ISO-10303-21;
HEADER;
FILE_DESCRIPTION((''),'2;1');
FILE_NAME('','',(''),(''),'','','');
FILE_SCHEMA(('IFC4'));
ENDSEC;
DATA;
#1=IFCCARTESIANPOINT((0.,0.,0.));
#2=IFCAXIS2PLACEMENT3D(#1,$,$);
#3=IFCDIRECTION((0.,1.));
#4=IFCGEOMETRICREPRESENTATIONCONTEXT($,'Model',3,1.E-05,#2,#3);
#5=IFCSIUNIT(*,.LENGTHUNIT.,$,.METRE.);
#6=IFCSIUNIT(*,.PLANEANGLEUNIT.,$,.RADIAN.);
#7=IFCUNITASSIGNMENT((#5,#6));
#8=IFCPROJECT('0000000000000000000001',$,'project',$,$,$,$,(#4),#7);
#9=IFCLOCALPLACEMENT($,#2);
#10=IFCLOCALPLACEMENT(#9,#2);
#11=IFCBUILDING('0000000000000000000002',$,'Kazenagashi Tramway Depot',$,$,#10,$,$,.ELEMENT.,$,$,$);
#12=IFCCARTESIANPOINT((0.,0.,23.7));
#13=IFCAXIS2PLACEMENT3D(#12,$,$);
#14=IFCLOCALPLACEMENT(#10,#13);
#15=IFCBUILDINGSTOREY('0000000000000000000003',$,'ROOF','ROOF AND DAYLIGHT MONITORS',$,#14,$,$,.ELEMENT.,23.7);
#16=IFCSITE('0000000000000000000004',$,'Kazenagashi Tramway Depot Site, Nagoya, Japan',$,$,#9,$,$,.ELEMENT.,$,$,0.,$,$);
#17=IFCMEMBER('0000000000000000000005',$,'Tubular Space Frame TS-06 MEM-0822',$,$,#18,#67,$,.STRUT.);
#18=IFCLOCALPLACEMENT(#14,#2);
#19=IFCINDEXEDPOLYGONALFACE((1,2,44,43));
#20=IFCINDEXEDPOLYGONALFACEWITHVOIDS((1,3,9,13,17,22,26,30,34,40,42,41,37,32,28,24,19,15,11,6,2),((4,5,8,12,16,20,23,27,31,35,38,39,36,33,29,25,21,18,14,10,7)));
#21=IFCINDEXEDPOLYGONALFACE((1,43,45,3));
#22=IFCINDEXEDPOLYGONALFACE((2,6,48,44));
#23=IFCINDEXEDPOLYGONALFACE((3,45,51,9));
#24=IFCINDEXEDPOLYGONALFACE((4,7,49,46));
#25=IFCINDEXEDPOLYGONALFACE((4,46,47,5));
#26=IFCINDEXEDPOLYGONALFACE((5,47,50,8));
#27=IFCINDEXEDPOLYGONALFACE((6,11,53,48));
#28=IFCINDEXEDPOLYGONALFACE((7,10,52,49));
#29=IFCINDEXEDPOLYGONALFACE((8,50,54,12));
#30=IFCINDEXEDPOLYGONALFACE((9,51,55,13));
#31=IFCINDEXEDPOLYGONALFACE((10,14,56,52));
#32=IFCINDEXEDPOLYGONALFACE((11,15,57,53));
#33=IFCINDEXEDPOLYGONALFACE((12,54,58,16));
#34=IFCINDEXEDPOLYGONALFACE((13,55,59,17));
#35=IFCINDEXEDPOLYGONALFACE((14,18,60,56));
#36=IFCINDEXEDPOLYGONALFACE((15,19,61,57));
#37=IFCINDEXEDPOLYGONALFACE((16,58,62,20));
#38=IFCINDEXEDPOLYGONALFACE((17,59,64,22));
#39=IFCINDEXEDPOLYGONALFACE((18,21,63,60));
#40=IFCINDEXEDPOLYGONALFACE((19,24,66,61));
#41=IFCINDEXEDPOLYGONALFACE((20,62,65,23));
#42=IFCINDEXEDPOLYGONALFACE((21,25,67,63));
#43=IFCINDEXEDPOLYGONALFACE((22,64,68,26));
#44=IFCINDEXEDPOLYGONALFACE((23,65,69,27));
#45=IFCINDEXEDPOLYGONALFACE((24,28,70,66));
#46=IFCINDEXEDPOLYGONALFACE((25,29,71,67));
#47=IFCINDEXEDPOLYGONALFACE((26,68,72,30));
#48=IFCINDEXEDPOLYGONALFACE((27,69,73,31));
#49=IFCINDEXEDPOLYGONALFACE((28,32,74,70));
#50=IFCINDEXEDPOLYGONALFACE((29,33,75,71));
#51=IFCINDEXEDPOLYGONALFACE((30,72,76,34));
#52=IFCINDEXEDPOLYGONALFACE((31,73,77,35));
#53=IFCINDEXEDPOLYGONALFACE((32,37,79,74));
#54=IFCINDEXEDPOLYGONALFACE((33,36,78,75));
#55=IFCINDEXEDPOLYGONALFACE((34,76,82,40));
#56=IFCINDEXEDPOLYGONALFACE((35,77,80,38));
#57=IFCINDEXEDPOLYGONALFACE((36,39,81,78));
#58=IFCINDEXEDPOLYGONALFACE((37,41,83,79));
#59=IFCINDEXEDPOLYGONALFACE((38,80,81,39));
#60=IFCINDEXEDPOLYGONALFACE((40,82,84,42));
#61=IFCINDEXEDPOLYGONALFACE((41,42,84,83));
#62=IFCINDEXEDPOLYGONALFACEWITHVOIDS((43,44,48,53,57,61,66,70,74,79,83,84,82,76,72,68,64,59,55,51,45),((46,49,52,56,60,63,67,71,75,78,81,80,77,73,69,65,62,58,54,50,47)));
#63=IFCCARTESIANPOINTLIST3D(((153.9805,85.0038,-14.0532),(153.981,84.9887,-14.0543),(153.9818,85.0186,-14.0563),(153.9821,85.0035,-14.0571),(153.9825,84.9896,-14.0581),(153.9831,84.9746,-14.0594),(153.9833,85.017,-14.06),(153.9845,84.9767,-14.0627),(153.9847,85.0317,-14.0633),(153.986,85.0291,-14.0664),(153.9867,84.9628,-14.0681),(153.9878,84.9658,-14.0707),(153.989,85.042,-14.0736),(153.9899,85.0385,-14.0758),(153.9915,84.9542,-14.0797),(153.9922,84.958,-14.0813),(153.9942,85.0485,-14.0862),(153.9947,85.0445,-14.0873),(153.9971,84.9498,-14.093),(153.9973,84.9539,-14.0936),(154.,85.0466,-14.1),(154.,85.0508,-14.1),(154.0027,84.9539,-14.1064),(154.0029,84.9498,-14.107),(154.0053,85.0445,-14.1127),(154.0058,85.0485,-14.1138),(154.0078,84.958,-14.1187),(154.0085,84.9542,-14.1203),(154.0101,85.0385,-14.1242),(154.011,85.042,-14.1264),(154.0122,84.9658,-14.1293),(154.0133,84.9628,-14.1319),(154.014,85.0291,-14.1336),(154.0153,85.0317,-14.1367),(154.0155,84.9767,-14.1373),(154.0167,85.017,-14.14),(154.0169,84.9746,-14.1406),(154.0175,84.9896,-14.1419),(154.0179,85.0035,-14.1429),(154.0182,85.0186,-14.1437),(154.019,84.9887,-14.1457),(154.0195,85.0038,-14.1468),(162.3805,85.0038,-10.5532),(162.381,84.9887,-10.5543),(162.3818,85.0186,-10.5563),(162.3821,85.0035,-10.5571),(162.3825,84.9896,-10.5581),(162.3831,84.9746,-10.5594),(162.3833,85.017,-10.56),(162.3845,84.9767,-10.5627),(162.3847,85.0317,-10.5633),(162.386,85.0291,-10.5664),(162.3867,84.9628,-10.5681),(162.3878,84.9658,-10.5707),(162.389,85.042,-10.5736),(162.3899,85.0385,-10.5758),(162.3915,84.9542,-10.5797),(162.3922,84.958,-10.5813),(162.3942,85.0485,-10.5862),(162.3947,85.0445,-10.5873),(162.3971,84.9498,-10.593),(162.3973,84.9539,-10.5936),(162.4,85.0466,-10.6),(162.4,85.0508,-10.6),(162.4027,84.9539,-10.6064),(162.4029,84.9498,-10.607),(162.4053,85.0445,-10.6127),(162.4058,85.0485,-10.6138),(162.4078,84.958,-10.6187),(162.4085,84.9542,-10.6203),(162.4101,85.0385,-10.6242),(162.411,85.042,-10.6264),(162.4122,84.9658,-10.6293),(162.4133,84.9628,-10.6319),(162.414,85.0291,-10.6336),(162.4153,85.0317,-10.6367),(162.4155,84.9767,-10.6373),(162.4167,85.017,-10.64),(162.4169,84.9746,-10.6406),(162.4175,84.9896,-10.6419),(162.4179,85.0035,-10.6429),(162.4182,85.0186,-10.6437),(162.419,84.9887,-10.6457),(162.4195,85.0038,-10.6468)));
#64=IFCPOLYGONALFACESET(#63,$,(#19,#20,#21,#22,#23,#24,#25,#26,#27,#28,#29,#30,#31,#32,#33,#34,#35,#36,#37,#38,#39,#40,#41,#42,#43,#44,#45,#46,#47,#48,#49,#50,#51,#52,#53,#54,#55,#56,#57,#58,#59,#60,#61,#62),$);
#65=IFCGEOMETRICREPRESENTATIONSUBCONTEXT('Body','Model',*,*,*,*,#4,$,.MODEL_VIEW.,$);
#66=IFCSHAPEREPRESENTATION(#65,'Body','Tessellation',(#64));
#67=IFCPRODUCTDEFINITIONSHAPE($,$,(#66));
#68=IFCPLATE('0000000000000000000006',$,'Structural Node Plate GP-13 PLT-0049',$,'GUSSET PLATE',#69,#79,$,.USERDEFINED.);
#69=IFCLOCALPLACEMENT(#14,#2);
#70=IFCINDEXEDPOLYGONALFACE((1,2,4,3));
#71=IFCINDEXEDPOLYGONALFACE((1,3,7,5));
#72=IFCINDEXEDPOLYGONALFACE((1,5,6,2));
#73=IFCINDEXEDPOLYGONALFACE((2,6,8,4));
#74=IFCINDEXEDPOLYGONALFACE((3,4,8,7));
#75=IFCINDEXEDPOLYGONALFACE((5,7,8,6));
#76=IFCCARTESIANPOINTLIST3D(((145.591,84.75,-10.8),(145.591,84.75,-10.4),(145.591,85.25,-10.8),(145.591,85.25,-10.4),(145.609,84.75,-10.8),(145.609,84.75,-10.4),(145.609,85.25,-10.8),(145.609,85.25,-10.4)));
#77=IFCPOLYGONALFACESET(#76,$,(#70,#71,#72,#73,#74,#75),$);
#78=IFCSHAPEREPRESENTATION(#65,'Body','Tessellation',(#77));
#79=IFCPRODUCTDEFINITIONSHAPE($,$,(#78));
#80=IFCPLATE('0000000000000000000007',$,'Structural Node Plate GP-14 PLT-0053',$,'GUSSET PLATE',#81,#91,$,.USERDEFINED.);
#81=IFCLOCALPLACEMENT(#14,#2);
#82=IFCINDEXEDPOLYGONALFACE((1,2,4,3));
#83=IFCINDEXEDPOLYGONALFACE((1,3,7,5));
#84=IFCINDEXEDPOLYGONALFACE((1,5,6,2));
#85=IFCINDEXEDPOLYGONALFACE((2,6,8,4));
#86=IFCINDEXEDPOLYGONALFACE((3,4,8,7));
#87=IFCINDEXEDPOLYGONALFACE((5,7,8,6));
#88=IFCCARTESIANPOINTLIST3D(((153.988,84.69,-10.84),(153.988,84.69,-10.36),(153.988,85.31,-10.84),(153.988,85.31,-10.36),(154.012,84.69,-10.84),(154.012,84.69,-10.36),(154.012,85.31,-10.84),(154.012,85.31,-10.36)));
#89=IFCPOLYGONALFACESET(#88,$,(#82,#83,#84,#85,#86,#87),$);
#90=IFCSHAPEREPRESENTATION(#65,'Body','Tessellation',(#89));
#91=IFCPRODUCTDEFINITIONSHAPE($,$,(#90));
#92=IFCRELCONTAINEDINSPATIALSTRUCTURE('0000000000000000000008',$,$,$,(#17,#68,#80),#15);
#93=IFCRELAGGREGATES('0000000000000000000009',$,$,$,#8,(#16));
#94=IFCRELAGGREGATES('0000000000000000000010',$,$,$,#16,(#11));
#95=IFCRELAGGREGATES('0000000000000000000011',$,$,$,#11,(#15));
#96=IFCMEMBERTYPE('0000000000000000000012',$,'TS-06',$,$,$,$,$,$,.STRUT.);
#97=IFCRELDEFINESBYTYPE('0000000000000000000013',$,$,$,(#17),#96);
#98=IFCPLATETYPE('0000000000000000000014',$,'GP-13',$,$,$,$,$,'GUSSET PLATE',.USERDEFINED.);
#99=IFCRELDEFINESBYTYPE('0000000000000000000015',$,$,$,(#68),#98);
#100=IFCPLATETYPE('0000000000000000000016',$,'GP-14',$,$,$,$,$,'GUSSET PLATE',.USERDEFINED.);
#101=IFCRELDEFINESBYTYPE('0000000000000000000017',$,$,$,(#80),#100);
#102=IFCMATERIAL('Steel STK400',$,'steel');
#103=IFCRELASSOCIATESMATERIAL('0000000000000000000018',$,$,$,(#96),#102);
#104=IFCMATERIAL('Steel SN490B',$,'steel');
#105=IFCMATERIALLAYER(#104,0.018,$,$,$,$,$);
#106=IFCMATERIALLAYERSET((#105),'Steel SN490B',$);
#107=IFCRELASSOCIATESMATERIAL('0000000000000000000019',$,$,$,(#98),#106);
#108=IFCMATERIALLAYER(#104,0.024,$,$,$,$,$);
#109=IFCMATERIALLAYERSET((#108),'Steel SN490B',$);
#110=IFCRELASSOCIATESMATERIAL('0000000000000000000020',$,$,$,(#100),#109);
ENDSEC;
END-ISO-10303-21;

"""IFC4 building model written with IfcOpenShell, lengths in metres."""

from ifc_helpers import new_model, si_unit, direction, frame, origin, origin_2d, place, context, subcontext, project, spatial, rectangle, hollow_circle, extrude, material, layer, layer_set, material_profile, profile_set, type_object, element, save


model = new_model("IFC4")

# Units and contexts
model_context = context("Model", 3, precision=1e-05, world=origin(), true_north=direction((0.0, 1.0)))
body_context = subcontext(model_context, "Body", "Model", "MODEL_VIEW")
ifc_project = project(units=[si_unit("LENGTHUNIT", "METRE"), si_unit("PLANEANGLEUNIT", "RADIAN")], contexts=[model_context])

# Site, building, storey
site_placement = place(None, origin())
site = spatial("IfcSite", under=ifc_project, at=site_placement, Name="Kazenagashi Tramway Depot Site, Nagoya, Japan", CompositionType="ELEMENT", RefElevation=0.0)
building_placement = place(site_placement, origin())
building = spatial("IfcBuilding", under=site, at=building_placement, Name="Kazenagashi Tramway Depot", CompositionType="ELEMENT")
storey_placement = place(building_placement, frame((0.0, 0.0, 23.7)))
storey = spatial("IfcBuildingStorey", under=building, at=storey_placement, Name="ROOF", Description="ROOF AND DAYLIGHT MONITORS", CompositionType="ELEMENT", Elevation=23.7)

# Member
ifc_material_1 = material(Name="Steel STK400", Category="steel")
ifc_material_profile_1 = material_profile(ifc_material_1, hollow_circle(Radius=0.0508, WallThickness=0.0042, at=origin_2d()), Name="CHS-101.6x4.2")
ifc_profile_set_1 = profile_set([ifc_material_profile_1], Name="Steel STK400")
member_type_1 = type_object("IfcMemberType", Name="TS-06", PredefinedType="STRUT", material=ifc_profile_set_1)
member_1_placement = place(storey_placement, frame((154.0, 85.0, -14.1), z_axis=(0.923077, 0.0, 0.384615), x_axis=(0.0, 1.0, 0.0)))
element("IfcMember", 1, at=member_1_placement, inside=storey, type_object=member_type_1, Name="Tubular Space Frame TS-06 MEM-0822", PredefinedType="STRUT", context=body_context, shape_type="SweptSolid", body=[
    extrude(hollow_circle(Radius=0.0508, WallThickness=0.0042, at=origin_2d()), origin(), (0.0, 0.0, 1.0), 9.1),
])

# Plates
ifc_material_2 = material(Name="Steel SN490B", Category="steel")
ifc_layer_1 = layer(ifc_material_2, 0.018)
ifc_layer_set_1 = layer_set([ifc_layer_1], Name="Steel SN490B")
plate_type_1 = type_object("IfcPlateType", Name="GP-13", ElementType="GUSSET PLATE", PredefinedType="USERDEFINED", material=ifc_layer_set_1)
plate_1_placement = place(storey_placement, frame((145.6, 85.0, -10.8), z_axis=(0.0, 0.0, 1.0), x_axis=(0.0, 1.0, 0.0)))
element("IfcPlate", 2, at=plate_1_placement, inside=storey, type_object=plate_type_1, Name="Structural Node Plate GP-13 PLT-0049", ObjectType="GUSSET PLATE", PredefinedType="USERDEFINED", context=body_context, shape_type="SweptSolid", body=[
    extrude(rectangle(XDim=0.5, YDim=0.018, at=origin_2d()), origin(), (0.0, 0.0, 1.0), 0.4),
])
ifc_layer_2 = layer(ifc_material_2, 0.024)
ifc_layer_set_2 = layer_set([ifc_layer_2], Name="Steel SN490B")
plate_type_2 = type_object("IfcPlateType", Name="GP-14", ElementType="GUSSET PLATE", PredefinedType="USERDEFINED", material=ifc_layer_set_2)
plate_2_placement = place(storey_placement, frame((154.0, 85.0, -10.84), z_axis=(0.0, 0.0, 1.0), x_axis=(0.0, 1.0, 0.0)))
element("IfcPlate", 3, at=plate_2_placement, inside=storey, type_object=plate_type_2, Name="Structural Node Plate GP-14 PLT-0053", ObjectType="GUSSET PLATE", PredefinedType="USERDEFINED", context=body_context, shape_type="SweptSolid", body=[
    extrude(rectangle(XDim=0.62, YDim=0.024, at=origin_2d()), origin(), (0.0, 0.0, 1.0), 0.48),
])

save(model, "model.ifc")
